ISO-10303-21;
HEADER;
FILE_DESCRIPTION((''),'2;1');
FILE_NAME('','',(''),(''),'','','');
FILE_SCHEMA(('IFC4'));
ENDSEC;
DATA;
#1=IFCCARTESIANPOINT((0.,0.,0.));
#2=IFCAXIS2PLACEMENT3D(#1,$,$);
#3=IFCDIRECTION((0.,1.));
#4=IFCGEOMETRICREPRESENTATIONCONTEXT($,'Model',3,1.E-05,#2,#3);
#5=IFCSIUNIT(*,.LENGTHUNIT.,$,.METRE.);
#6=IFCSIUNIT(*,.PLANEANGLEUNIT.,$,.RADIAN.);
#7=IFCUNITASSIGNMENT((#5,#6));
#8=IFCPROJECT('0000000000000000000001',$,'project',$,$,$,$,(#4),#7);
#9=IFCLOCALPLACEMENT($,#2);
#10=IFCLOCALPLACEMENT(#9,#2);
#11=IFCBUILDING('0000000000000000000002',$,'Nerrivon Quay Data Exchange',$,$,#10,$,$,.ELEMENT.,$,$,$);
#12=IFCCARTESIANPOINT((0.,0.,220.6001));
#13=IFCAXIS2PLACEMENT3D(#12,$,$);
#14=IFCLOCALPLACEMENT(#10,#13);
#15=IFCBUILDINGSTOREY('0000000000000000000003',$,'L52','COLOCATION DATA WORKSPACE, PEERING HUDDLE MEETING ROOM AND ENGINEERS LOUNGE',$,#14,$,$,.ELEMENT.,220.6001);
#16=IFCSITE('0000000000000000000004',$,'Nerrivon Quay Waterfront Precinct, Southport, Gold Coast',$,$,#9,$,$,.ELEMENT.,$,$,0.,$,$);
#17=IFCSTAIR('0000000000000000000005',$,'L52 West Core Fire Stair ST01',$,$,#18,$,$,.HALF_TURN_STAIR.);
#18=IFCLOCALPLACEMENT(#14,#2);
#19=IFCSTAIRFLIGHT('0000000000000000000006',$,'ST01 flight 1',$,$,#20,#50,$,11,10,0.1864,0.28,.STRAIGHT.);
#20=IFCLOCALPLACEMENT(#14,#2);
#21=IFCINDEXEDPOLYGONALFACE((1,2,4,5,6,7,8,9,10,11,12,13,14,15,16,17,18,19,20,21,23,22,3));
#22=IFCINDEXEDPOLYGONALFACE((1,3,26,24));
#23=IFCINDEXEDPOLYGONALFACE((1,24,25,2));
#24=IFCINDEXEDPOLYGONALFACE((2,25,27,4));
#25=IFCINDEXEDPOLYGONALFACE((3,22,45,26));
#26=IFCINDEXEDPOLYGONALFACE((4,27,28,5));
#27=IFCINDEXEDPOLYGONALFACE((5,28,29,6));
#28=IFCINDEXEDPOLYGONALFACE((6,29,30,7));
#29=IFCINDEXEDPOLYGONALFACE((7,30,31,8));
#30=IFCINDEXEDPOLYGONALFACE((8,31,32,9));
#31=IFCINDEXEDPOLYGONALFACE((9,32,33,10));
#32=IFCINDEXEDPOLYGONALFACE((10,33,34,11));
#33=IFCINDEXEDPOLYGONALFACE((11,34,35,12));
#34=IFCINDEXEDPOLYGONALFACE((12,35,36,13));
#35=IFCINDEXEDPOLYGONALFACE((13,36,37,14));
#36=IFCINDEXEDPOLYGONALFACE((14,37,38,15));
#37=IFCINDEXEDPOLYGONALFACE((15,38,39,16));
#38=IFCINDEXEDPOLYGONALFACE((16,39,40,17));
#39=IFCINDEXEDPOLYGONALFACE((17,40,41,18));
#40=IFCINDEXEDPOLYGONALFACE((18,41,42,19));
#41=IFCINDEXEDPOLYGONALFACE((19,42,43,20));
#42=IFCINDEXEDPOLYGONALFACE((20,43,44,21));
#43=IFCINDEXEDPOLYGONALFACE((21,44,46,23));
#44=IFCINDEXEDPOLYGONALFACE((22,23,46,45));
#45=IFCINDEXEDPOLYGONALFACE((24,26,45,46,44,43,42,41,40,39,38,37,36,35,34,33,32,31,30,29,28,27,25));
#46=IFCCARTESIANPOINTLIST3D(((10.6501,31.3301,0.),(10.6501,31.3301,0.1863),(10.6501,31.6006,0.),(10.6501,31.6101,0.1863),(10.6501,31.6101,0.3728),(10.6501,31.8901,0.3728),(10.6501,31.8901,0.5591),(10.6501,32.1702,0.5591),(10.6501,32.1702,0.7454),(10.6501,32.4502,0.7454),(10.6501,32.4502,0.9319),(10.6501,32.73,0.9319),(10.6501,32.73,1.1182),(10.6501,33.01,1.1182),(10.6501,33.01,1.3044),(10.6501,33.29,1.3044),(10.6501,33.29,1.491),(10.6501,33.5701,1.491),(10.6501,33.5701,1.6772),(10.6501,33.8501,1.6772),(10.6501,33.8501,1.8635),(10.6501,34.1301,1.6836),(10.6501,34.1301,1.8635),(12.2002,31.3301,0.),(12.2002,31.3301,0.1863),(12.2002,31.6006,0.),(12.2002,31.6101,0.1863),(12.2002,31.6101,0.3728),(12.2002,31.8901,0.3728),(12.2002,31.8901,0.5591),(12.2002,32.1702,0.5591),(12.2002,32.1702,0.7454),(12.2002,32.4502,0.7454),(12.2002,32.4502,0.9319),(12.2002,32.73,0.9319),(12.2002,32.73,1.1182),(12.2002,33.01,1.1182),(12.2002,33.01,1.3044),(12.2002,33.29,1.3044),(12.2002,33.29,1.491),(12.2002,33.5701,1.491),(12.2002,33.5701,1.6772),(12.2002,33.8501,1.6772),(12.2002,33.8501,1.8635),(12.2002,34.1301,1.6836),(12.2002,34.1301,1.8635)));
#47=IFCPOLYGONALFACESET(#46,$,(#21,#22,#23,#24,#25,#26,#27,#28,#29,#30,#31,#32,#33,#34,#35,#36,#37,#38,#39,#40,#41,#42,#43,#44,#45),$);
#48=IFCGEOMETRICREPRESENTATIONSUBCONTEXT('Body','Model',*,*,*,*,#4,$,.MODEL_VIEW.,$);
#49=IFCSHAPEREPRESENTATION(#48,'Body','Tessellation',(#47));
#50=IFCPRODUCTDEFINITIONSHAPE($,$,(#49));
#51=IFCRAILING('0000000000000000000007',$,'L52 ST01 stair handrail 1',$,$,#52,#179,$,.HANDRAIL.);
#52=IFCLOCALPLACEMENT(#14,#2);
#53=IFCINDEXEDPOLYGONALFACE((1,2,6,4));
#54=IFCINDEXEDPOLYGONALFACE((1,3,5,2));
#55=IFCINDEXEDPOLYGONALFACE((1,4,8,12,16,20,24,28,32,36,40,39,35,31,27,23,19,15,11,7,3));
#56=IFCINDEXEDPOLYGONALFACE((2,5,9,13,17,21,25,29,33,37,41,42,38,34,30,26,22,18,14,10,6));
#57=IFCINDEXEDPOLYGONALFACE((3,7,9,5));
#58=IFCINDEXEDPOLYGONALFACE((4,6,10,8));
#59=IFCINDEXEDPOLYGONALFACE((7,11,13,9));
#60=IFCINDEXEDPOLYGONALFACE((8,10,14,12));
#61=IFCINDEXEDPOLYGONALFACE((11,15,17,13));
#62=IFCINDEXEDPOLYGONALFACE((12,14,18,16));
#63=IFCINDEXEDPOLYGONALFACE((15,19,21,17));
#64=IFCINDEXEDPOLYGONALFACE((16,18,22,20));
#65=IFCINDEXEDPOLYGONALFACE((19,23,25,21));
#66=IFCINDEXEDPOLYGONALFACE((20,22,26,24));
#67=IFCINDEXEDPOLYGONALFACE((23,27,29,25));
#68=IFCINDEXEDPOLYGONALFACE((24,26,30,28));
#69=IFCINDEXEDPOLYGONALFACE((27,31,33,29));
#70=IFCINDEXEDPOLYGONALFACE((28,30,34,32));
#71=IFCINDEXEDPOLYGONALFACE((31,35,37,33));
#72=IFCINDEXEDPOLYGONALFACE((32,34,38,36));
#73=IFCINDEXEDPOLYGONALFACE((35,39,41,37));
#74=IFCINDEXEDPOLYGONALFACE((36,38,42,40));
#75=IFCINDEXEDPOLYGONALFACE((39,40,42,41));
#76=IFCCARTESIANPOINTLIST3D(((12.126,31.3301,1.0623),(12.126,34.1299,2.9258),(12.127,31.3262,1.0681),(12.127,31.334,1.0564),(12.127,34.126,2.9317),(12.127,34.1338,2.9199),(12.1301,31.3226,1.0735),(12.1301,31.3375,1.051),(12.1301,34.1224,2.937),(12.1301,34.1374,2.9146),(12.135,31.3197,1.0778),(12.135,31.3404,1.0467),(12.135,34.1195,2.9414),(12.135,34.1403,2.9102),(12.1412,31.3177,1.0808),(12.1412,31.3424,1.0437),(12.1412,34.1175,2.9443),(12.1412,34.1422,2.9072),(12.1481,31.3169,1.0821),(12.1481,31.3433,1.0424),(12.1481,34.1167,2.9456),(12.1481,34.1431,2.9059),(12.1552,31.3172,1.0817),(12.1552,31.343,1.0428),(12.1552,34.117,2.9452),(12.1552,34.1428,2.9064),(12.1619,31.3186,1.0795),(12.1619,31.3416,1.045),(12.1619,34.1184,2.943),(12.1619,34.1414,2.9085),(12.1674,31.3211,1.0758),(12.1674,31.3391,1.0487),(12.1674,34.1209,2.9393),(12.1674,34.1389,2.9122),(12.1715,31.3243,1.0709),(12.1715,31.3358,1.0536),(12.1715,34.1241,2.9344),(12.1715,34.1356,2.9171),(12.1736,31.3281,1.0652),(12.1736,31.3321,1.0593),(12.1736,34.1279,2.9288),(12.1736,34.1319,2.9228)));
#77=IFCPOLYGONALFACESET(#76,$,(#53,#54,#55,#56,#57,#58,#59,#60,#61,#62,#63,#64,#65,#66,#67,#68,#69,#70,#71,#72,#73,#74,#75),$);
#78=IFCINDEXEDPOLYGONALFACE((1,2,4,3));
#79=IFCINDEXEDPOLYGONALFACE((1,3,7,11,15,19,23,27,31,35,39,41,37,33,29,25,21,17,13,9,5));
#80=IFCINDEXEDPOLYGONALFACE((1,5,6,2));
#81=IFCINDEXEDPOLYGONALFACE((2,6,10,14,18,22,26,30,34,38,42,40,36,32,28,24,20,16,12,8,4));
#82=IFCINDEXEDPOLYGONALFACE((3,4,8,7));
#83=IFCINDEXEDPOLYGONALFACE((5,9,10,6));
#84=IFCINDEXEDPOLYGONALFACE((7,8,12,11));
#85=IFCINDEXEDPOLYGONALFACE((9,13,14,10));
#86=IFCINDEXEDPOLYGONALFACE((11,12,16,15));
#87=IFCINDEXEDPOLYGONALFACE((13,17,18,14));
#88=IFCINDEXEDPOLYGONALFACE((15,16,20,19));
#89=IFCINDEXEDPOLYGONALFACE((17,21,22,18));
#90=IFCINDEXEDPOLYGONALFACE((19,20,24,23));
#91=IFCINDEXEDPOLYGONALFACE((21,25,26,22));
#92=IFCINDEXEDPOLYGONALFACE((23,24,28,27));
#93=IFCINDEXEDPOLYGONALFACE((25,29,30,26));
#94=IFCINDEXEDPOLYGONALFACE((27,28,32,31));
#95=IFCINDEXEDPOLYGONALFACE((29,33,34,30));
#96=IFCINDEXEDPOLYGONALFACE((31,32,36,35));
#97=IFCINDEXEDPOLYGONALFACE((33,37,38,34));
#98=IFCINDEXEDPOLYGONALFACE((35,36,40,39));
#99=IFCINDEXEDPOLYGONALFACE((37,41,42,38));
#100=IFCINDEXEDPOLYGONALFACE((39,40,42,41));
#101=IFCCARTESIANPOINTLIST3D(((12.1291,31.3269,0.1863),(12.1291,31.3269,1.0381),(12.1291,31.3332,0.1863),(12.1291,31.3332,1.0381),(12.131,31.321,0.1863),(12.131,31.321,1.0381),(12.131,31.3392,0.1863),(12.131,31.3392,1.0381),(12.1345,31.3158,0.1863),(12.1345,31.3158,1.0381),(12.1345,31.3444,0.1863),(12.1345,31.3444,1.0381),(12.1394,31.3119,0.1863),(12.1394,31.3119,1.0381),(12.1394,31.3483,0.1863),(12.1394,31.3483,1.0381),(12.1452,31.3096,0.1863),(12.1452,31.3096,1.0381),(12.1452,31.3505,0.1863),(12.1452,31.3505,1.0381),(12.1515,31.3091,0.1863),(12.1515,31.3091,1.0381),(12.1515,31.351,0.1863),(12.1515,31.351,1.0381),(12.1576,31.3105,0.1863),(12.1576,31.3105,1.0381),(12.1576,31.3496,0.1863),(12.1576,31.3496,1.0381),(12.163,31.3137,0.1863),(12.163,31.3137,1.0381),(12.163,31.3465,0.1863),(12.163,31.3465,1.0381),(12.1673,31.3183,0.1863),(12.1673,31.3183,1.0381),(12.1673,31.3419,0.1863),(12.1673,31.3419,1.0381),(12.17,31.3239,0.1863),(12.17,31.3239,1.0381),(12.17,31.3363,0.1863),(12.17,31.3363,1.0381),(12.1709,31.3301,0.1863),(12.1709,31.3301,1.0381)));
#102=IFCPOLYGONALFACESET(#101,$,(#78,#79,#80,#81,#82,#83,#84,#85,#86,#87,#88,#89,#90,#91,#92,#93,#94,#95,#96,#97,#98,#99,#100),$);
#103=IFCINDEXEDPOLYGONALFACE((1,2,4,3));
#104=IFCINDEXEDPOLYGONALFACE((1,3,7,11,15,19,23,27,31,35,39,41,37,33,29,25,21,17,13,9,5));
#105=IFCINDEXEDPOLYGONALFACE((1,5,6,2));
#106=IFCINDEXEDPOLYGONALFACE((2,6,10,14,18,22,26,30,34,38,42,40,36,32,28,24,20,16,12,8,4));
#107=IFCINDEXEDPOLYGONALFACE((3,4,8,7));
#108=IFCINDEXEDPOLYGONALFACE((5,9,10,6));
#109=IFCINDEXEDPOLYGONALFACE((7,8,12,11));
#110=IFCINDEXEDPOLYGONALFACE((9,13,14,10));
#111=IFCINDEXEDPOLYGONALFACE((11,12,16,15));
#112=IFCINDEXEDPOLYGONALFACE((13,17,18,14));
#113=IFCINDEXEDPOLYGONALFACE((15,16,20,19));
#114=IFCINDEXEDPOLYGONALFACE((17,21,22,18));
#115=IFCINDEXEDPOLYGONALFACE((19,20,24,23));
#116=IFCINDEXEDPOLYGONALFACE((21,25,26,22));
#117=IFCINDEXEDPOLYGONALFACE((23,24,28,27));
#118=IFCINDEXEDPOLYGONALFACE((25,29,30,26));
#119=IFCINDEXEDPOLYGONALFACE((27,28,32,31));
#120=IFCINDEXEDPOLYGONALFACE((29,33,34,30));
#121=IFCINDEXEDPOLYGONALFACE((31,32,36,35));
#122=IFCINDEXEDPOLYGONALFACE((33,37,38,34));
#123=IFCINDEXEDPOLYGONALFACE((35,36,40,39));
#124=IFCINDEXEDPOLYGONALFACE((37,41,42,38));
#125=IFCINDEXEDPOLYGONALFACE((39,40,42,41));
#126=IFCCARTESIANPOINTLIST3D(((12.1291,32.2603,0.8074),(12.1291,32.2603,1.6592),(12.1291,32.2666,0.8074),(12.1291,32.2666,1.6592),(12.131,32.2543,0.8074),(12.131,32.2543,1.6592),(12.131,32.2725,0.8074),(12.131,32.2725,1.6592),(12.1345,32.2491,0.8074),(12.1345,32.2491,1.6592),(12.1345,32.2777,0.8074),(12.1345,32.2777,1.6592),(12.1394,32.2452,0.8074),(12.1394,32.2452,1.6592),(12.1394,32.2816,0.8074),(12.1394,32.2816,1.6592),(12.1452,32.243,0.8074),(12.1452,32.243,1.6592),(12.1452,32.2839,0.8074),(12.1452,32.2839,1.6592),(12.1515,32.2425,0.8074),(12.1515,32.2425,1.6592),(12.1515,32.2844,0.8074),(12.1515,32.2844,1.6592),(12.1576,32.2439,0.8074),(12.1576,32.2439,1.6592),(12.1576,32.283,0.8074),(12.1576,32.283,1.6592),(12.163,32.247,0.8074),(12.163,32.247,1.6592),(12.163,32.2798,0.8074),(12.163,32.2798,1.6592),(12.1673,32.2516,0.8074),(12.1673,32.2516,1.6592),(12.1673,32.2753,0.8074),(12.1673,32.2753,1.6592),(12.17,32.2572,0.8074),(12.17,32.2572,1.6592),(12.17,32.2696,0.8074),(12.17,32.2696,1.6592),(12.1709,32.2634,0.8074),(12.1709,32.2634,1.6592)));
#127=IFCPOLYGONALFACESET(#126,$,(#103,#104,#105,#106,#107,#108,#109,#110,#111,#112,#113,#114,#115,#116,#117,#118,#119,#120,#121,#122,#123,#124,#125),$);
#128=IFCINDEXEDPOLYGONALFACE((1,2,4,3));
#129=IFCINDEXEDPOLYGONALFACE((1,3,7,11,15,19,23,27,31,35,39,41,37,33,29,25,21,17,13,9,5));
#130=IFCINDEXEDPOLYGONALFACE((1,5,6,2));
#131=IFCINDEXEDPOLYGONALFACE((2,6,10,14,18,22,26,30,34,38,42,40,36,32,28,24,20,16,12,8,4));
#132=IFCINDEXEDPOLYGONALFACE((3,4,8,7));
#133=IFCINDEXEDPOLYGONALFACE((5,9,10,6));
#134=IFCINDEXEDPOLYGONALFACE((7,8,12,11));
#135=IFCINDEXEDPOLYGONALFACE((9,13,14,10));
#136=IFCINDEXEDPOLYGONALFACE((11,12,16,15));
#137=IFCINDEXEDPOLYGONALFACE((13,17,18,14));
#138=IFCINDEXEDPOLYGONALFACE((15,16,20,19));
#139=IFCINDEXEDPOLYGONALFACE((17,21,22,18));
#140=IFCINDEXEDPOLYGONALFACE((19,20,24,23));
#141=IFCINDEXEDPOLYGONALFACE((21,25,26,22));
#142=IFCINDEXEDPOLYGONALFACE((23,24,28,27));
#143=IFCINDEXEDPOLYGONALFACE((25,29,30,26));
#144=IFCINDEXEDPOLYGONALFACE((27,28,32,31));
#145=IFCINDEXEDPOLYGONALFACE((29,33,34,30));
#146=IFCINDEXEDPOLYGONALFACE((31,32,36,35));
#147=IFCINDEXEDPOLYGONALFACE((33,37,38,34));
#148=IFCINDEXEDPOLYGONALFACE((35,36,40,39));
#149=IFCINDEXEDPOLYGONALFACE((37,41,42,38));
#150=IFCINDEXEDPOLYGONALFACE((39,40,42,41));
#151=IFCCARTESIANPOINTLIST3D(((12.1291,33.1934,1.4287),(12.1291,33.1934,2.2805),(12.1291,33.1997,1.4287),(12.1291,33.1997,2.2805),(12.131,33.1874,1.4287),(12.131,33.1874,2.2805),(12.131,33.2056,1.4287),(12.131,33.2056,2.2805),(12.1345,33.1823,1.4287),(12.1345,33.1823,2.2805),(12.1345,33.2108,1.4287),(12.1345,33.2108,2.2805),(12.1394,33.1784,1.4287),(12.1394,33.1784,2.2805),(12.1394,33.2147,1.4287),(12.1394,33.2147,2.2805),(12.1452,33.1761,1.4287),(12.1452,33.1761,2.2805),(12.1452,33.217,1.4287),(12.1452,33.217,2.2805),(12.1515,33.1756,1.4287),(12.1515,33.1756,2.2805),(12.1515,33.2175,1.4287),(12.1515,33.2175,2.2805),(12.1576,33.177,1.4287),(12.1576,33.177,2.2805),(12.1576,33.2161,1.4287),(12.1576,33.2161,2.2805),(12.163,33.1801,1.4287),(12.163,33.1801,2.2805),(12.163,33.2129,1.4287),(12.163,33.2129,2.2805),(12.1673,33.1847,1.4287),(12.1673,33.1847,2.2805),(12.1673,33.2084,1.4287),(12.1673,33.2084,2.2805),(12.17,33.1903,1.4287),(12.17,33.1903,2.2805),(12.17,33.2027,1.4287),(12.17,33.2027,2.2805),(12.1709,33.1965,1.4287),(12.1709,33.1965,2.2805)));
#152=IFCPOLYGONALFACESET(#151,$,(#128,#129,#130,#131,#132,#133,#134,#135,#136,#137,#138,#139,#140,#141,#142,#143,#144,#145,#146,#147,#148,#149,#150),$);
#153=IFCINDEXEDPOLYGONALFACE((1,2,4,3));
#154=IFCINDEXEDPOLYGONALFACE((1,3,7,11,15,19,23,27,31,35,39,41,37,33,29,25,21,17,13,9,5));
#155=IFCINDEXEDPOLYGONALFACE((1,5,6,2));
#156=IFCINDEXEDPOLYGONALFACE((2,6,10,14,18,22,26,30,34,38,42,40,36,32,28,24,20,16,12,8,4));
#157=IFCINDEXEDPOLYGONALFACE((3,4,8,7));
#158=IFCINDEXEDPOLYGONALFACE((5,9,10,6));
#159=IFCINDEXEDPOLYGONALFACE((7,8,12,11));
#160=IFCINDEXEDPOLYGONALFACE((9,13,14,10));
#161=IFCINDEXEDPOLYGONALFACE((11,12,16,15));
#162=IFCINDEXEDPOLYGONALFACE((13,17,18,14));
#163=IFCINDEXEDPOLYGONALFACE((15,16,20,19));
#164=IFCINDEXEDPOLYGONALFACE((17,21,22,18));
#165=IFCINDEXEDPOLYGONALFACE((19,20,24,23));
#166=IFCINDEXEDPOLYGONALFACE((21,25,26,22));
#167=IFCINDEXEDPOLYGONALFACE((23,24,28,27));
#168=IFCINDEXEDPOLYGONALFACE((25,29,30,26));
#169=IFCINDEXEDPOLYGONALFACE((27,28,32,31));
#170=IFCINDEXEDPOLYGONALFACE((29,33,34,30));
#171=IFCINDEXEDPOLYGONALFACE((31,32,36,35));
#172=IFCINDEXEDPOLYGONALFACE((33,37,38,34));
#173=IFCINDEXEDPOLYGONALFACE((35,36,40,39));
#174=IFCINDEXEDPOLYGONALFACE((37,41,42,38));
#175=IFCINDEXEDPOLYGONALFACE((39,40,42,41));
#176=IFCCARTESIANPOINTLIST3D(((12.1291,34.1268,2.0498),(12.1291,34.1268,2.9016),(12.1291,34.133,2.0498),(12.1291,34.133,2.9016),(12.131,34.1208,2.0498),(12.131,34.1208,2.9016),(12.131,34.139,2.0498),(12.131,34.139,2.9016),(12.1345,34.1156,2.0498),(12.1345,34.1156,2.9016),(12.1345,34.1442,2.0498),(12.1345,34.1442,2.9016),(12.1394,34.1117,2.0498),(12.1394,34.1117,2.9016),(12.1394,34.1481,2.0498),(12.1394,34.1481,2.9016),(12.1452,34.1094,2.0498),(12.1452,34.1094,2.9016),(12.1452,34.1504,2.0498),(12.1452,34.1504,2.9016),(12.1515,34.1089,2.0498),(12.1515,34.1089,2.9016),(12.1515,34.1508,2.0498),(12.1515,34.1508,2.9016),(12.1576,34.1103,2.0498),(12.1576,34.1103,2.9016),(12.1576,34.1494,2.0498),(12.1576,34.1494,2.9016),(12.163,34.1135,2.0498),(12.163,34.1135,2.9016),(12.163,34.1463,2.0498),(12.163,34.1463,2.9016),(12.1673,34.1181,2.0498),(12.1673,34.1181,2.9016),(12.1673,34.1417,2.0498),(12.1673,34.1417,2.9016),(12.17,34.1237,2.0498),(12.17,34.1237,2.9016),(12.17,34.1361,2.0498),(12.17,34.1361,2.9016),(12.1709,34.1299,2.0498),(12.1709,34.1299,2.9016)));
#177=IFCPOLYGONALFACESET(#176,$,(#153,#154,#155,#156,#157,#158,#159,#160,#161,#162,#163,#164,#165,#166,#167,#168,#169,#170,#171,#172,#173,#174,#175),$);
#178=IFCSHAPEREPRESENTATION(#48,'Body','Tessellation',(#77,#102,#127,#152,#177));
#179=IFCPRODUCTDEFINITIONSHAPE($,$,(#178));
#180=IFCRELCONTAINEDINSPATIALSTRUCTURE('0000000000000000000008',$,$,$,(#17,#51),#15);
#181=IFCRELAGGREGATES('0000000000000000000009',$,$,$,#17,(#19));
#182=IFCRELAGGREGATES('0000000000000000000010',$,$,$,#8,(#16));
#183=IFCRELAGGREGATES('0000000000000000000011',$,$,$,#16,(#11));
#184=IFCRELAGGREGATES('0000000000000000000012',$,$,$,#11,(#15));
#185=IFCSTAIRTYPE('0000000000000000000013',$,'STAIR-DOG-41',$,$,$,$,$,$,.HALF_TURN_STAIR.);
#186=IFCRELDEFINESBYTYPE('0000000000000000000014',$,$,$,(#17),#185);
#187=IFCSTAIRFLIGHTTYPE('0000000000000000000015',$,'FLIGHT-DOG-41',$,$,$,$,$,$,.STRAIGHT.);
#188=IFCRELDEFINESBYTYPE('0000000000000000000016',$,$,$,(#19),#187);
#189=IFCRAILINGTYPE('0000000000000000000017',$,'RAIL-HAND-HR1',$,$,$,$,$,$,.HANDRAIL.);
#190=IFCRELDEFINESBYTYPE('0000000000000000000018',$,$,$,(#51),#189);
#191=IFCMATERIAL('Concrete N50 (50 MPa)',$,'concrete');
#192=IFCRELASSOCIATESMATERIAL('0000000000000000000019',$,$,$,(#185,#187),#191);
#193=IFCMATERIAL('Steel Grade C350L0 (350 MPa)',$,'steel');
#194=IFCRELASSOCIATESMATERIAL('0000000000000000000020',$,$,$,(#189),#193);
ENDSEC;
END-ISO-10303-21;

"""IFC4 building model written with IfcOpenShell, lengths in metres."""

from ifc_helpers import new_model, si_unit, direction, frame, origin, origin_2d, place, context, subcontext, project, spatial, polyline, circle, outline, extrude, material, type_object, element, aggregate, save


model = new_model("IFC4")

# Units and contexts
model_context = context("Model", 3, precision=1e-05, world=origin(), true_north=direction((0.0, 1.0)))
body_context = subcontext(model_context, "Body", "Model", "MODEL_VIEW")
ifc_project = project(units=[si_unit("LENGTHUNIT", "METRE"), si_unit("PLANEANGLEUNIT", "RADIAN")], contexts=[model_context])

# Site, building, storey
site_placement = place(None, origin())
site = spatial("IfcSite", under=ifc_project, at=site_placement, Name="Nerrivon Quay Waterfront Precinct, Southport, Gold Coast", CompositionType="ELEMENT", RefElevation=0.0)
building_placement = place(site_placement, origin())
building = spatial("IfcBuilding", under=site, at=building_placement, Name="Nerrivon Quay Data Exchange", CompositionType="ELEMENT")
storey_placement = place(building_placement, frame((0.0, 0.0, 220.6001)))
storey = spatial("IfcBuildingStorey", under=building, at=storey_placement, Name="L52", Description="COLOCATION DATA WORKSPACE, PEERING HUDDLE MEETING ROOM AND ENGINEERS LOUNGE", CompositionType="ELEMENT", Elevation=220.6001)

# Shared definitions
ifc_material_1 = material(Name="Concrete N50 (50 MPa)", Category="concrete")

# Stair, stair flight
stair_type = type_object("IfcStairType", Name="STAIR-DOG-41", PredefinedType="HALF_TURN_STAIR", material=ifc_material_1)
stair_placement = place(storey_placement, origin())
stair = element("IfcStair", 1, at=stair_placement, inside=storey, type_object=stair_type, Name="L52 West Core Fire Stair ST01", PredefinedType="HALF_TURN_STAIR")
stair_flight_type = type_object("IfcStairFlightType", Name="FLIGHT-DOG-41", PredefinedType="STRAIGHT", material=ifc_material_1)
stair_flight_placement = place(storey_placement, frame((11.425, 31.3301, 0.0), z_axis=(0.0, 0.0, 1.0), x_axis=(0.0, 1.0, 0.0)))
stair_flight = element("IfcStairFlight", 2, at=stair_flight_placement, type_object=stair_flight_type, Name="ST01 flight 1", NumberOfRisers=11, NumberOfTreads=10, PredefinedType="STRAIGHT", RiserHeight=0.1864, TreadLength=0.28, context=body_context, shape_type="SweptSolid", body=[
    extrude(outline(polyline([(0.0, 0.0), (0.0, 0.1863), (0.28, 0.1863), (0.28, 0.3728), (0.5601, 0.3728), (0.5601, 0.5591), (0.8401, 0.5591), (0.8401, 0.7454), (1.1201, 0.7454), (1.1201, 0.9319), (1.3999, 0.9319), (1.3999, 1.1182), (1.6799, 1.1182), (1.6799, 1.3044), (1.96, 1.3044), (1.96, 1.491), (2.24, 1.491), (2.24, 1.6772), (2.52, 1.6772), (2.52, 1.8635), (2.8, 1.8635), (2.8, 2.05), (2.8, 1.6836), (0.2705, 0.0), (0.0, 0.0)])), frame((0.0, 0.7749, 0.0), z_axis=(0.0, -1.0, 0.0), x_axis=(1.0, 0.0, 0.0)), (0.0, 0.0, 1.0), 1.55),
])
aggregate(stair, [stair_flight])

# Railing
ifc_material_2 = material(Name="Steel Grade C350L0 (350 MPa)", Category="steel")
railing_type_1 = type_object("IfcRailingType", Name="RAIL-HAND-HR1", PredefinedType="HANDRAIL", material=ifc_material_2)
railing_1_placement = place(storey_placement, frame((12.1499, 31.3301, 0.1863)))
element("IfcRailing", 3, at=railing_1_placement, inside=storey, type_object=railing_type_1, Name="L52 ST01 stair handrail 1", PredefinedType="HANDRAIL", context=body_context, shape_type="SweptSolid", body=[
    extrude(circle(Radius=0.0239, at=origin_2d()), frame((0.0, 0.0, 0.876), z_axis=(0.0, 0.832463, 0.55408), x_axis=(-1.0, 0.0, 0.0)), (0.0, 0.0, 1.0), 3.3633),
    extrude(circle(Radius=0.021, at=origin_2d()), origin(), (0.0, 0.0, 1.0), 0.8518),
    extrude(circle(Radius=0.021, at=origin_2d()), frame((0.0, 0.9333, 0.6211)), (0.0, 0.0, 1.0), 0.8518),
    extrude(circle(Radius=0.021, at=origin_2d()), frame((0.0, 1.8665, 1.2424)), (0.0, 0.0, 1.0), 0.8518),
    extrude(circle(Radius=0.021, at=origin_2d()), frame((0.0, 2.7998, 1.8635)), (0.0, 0.0, 1.0), 0.8518),
])

save(model, "model.ifc")
